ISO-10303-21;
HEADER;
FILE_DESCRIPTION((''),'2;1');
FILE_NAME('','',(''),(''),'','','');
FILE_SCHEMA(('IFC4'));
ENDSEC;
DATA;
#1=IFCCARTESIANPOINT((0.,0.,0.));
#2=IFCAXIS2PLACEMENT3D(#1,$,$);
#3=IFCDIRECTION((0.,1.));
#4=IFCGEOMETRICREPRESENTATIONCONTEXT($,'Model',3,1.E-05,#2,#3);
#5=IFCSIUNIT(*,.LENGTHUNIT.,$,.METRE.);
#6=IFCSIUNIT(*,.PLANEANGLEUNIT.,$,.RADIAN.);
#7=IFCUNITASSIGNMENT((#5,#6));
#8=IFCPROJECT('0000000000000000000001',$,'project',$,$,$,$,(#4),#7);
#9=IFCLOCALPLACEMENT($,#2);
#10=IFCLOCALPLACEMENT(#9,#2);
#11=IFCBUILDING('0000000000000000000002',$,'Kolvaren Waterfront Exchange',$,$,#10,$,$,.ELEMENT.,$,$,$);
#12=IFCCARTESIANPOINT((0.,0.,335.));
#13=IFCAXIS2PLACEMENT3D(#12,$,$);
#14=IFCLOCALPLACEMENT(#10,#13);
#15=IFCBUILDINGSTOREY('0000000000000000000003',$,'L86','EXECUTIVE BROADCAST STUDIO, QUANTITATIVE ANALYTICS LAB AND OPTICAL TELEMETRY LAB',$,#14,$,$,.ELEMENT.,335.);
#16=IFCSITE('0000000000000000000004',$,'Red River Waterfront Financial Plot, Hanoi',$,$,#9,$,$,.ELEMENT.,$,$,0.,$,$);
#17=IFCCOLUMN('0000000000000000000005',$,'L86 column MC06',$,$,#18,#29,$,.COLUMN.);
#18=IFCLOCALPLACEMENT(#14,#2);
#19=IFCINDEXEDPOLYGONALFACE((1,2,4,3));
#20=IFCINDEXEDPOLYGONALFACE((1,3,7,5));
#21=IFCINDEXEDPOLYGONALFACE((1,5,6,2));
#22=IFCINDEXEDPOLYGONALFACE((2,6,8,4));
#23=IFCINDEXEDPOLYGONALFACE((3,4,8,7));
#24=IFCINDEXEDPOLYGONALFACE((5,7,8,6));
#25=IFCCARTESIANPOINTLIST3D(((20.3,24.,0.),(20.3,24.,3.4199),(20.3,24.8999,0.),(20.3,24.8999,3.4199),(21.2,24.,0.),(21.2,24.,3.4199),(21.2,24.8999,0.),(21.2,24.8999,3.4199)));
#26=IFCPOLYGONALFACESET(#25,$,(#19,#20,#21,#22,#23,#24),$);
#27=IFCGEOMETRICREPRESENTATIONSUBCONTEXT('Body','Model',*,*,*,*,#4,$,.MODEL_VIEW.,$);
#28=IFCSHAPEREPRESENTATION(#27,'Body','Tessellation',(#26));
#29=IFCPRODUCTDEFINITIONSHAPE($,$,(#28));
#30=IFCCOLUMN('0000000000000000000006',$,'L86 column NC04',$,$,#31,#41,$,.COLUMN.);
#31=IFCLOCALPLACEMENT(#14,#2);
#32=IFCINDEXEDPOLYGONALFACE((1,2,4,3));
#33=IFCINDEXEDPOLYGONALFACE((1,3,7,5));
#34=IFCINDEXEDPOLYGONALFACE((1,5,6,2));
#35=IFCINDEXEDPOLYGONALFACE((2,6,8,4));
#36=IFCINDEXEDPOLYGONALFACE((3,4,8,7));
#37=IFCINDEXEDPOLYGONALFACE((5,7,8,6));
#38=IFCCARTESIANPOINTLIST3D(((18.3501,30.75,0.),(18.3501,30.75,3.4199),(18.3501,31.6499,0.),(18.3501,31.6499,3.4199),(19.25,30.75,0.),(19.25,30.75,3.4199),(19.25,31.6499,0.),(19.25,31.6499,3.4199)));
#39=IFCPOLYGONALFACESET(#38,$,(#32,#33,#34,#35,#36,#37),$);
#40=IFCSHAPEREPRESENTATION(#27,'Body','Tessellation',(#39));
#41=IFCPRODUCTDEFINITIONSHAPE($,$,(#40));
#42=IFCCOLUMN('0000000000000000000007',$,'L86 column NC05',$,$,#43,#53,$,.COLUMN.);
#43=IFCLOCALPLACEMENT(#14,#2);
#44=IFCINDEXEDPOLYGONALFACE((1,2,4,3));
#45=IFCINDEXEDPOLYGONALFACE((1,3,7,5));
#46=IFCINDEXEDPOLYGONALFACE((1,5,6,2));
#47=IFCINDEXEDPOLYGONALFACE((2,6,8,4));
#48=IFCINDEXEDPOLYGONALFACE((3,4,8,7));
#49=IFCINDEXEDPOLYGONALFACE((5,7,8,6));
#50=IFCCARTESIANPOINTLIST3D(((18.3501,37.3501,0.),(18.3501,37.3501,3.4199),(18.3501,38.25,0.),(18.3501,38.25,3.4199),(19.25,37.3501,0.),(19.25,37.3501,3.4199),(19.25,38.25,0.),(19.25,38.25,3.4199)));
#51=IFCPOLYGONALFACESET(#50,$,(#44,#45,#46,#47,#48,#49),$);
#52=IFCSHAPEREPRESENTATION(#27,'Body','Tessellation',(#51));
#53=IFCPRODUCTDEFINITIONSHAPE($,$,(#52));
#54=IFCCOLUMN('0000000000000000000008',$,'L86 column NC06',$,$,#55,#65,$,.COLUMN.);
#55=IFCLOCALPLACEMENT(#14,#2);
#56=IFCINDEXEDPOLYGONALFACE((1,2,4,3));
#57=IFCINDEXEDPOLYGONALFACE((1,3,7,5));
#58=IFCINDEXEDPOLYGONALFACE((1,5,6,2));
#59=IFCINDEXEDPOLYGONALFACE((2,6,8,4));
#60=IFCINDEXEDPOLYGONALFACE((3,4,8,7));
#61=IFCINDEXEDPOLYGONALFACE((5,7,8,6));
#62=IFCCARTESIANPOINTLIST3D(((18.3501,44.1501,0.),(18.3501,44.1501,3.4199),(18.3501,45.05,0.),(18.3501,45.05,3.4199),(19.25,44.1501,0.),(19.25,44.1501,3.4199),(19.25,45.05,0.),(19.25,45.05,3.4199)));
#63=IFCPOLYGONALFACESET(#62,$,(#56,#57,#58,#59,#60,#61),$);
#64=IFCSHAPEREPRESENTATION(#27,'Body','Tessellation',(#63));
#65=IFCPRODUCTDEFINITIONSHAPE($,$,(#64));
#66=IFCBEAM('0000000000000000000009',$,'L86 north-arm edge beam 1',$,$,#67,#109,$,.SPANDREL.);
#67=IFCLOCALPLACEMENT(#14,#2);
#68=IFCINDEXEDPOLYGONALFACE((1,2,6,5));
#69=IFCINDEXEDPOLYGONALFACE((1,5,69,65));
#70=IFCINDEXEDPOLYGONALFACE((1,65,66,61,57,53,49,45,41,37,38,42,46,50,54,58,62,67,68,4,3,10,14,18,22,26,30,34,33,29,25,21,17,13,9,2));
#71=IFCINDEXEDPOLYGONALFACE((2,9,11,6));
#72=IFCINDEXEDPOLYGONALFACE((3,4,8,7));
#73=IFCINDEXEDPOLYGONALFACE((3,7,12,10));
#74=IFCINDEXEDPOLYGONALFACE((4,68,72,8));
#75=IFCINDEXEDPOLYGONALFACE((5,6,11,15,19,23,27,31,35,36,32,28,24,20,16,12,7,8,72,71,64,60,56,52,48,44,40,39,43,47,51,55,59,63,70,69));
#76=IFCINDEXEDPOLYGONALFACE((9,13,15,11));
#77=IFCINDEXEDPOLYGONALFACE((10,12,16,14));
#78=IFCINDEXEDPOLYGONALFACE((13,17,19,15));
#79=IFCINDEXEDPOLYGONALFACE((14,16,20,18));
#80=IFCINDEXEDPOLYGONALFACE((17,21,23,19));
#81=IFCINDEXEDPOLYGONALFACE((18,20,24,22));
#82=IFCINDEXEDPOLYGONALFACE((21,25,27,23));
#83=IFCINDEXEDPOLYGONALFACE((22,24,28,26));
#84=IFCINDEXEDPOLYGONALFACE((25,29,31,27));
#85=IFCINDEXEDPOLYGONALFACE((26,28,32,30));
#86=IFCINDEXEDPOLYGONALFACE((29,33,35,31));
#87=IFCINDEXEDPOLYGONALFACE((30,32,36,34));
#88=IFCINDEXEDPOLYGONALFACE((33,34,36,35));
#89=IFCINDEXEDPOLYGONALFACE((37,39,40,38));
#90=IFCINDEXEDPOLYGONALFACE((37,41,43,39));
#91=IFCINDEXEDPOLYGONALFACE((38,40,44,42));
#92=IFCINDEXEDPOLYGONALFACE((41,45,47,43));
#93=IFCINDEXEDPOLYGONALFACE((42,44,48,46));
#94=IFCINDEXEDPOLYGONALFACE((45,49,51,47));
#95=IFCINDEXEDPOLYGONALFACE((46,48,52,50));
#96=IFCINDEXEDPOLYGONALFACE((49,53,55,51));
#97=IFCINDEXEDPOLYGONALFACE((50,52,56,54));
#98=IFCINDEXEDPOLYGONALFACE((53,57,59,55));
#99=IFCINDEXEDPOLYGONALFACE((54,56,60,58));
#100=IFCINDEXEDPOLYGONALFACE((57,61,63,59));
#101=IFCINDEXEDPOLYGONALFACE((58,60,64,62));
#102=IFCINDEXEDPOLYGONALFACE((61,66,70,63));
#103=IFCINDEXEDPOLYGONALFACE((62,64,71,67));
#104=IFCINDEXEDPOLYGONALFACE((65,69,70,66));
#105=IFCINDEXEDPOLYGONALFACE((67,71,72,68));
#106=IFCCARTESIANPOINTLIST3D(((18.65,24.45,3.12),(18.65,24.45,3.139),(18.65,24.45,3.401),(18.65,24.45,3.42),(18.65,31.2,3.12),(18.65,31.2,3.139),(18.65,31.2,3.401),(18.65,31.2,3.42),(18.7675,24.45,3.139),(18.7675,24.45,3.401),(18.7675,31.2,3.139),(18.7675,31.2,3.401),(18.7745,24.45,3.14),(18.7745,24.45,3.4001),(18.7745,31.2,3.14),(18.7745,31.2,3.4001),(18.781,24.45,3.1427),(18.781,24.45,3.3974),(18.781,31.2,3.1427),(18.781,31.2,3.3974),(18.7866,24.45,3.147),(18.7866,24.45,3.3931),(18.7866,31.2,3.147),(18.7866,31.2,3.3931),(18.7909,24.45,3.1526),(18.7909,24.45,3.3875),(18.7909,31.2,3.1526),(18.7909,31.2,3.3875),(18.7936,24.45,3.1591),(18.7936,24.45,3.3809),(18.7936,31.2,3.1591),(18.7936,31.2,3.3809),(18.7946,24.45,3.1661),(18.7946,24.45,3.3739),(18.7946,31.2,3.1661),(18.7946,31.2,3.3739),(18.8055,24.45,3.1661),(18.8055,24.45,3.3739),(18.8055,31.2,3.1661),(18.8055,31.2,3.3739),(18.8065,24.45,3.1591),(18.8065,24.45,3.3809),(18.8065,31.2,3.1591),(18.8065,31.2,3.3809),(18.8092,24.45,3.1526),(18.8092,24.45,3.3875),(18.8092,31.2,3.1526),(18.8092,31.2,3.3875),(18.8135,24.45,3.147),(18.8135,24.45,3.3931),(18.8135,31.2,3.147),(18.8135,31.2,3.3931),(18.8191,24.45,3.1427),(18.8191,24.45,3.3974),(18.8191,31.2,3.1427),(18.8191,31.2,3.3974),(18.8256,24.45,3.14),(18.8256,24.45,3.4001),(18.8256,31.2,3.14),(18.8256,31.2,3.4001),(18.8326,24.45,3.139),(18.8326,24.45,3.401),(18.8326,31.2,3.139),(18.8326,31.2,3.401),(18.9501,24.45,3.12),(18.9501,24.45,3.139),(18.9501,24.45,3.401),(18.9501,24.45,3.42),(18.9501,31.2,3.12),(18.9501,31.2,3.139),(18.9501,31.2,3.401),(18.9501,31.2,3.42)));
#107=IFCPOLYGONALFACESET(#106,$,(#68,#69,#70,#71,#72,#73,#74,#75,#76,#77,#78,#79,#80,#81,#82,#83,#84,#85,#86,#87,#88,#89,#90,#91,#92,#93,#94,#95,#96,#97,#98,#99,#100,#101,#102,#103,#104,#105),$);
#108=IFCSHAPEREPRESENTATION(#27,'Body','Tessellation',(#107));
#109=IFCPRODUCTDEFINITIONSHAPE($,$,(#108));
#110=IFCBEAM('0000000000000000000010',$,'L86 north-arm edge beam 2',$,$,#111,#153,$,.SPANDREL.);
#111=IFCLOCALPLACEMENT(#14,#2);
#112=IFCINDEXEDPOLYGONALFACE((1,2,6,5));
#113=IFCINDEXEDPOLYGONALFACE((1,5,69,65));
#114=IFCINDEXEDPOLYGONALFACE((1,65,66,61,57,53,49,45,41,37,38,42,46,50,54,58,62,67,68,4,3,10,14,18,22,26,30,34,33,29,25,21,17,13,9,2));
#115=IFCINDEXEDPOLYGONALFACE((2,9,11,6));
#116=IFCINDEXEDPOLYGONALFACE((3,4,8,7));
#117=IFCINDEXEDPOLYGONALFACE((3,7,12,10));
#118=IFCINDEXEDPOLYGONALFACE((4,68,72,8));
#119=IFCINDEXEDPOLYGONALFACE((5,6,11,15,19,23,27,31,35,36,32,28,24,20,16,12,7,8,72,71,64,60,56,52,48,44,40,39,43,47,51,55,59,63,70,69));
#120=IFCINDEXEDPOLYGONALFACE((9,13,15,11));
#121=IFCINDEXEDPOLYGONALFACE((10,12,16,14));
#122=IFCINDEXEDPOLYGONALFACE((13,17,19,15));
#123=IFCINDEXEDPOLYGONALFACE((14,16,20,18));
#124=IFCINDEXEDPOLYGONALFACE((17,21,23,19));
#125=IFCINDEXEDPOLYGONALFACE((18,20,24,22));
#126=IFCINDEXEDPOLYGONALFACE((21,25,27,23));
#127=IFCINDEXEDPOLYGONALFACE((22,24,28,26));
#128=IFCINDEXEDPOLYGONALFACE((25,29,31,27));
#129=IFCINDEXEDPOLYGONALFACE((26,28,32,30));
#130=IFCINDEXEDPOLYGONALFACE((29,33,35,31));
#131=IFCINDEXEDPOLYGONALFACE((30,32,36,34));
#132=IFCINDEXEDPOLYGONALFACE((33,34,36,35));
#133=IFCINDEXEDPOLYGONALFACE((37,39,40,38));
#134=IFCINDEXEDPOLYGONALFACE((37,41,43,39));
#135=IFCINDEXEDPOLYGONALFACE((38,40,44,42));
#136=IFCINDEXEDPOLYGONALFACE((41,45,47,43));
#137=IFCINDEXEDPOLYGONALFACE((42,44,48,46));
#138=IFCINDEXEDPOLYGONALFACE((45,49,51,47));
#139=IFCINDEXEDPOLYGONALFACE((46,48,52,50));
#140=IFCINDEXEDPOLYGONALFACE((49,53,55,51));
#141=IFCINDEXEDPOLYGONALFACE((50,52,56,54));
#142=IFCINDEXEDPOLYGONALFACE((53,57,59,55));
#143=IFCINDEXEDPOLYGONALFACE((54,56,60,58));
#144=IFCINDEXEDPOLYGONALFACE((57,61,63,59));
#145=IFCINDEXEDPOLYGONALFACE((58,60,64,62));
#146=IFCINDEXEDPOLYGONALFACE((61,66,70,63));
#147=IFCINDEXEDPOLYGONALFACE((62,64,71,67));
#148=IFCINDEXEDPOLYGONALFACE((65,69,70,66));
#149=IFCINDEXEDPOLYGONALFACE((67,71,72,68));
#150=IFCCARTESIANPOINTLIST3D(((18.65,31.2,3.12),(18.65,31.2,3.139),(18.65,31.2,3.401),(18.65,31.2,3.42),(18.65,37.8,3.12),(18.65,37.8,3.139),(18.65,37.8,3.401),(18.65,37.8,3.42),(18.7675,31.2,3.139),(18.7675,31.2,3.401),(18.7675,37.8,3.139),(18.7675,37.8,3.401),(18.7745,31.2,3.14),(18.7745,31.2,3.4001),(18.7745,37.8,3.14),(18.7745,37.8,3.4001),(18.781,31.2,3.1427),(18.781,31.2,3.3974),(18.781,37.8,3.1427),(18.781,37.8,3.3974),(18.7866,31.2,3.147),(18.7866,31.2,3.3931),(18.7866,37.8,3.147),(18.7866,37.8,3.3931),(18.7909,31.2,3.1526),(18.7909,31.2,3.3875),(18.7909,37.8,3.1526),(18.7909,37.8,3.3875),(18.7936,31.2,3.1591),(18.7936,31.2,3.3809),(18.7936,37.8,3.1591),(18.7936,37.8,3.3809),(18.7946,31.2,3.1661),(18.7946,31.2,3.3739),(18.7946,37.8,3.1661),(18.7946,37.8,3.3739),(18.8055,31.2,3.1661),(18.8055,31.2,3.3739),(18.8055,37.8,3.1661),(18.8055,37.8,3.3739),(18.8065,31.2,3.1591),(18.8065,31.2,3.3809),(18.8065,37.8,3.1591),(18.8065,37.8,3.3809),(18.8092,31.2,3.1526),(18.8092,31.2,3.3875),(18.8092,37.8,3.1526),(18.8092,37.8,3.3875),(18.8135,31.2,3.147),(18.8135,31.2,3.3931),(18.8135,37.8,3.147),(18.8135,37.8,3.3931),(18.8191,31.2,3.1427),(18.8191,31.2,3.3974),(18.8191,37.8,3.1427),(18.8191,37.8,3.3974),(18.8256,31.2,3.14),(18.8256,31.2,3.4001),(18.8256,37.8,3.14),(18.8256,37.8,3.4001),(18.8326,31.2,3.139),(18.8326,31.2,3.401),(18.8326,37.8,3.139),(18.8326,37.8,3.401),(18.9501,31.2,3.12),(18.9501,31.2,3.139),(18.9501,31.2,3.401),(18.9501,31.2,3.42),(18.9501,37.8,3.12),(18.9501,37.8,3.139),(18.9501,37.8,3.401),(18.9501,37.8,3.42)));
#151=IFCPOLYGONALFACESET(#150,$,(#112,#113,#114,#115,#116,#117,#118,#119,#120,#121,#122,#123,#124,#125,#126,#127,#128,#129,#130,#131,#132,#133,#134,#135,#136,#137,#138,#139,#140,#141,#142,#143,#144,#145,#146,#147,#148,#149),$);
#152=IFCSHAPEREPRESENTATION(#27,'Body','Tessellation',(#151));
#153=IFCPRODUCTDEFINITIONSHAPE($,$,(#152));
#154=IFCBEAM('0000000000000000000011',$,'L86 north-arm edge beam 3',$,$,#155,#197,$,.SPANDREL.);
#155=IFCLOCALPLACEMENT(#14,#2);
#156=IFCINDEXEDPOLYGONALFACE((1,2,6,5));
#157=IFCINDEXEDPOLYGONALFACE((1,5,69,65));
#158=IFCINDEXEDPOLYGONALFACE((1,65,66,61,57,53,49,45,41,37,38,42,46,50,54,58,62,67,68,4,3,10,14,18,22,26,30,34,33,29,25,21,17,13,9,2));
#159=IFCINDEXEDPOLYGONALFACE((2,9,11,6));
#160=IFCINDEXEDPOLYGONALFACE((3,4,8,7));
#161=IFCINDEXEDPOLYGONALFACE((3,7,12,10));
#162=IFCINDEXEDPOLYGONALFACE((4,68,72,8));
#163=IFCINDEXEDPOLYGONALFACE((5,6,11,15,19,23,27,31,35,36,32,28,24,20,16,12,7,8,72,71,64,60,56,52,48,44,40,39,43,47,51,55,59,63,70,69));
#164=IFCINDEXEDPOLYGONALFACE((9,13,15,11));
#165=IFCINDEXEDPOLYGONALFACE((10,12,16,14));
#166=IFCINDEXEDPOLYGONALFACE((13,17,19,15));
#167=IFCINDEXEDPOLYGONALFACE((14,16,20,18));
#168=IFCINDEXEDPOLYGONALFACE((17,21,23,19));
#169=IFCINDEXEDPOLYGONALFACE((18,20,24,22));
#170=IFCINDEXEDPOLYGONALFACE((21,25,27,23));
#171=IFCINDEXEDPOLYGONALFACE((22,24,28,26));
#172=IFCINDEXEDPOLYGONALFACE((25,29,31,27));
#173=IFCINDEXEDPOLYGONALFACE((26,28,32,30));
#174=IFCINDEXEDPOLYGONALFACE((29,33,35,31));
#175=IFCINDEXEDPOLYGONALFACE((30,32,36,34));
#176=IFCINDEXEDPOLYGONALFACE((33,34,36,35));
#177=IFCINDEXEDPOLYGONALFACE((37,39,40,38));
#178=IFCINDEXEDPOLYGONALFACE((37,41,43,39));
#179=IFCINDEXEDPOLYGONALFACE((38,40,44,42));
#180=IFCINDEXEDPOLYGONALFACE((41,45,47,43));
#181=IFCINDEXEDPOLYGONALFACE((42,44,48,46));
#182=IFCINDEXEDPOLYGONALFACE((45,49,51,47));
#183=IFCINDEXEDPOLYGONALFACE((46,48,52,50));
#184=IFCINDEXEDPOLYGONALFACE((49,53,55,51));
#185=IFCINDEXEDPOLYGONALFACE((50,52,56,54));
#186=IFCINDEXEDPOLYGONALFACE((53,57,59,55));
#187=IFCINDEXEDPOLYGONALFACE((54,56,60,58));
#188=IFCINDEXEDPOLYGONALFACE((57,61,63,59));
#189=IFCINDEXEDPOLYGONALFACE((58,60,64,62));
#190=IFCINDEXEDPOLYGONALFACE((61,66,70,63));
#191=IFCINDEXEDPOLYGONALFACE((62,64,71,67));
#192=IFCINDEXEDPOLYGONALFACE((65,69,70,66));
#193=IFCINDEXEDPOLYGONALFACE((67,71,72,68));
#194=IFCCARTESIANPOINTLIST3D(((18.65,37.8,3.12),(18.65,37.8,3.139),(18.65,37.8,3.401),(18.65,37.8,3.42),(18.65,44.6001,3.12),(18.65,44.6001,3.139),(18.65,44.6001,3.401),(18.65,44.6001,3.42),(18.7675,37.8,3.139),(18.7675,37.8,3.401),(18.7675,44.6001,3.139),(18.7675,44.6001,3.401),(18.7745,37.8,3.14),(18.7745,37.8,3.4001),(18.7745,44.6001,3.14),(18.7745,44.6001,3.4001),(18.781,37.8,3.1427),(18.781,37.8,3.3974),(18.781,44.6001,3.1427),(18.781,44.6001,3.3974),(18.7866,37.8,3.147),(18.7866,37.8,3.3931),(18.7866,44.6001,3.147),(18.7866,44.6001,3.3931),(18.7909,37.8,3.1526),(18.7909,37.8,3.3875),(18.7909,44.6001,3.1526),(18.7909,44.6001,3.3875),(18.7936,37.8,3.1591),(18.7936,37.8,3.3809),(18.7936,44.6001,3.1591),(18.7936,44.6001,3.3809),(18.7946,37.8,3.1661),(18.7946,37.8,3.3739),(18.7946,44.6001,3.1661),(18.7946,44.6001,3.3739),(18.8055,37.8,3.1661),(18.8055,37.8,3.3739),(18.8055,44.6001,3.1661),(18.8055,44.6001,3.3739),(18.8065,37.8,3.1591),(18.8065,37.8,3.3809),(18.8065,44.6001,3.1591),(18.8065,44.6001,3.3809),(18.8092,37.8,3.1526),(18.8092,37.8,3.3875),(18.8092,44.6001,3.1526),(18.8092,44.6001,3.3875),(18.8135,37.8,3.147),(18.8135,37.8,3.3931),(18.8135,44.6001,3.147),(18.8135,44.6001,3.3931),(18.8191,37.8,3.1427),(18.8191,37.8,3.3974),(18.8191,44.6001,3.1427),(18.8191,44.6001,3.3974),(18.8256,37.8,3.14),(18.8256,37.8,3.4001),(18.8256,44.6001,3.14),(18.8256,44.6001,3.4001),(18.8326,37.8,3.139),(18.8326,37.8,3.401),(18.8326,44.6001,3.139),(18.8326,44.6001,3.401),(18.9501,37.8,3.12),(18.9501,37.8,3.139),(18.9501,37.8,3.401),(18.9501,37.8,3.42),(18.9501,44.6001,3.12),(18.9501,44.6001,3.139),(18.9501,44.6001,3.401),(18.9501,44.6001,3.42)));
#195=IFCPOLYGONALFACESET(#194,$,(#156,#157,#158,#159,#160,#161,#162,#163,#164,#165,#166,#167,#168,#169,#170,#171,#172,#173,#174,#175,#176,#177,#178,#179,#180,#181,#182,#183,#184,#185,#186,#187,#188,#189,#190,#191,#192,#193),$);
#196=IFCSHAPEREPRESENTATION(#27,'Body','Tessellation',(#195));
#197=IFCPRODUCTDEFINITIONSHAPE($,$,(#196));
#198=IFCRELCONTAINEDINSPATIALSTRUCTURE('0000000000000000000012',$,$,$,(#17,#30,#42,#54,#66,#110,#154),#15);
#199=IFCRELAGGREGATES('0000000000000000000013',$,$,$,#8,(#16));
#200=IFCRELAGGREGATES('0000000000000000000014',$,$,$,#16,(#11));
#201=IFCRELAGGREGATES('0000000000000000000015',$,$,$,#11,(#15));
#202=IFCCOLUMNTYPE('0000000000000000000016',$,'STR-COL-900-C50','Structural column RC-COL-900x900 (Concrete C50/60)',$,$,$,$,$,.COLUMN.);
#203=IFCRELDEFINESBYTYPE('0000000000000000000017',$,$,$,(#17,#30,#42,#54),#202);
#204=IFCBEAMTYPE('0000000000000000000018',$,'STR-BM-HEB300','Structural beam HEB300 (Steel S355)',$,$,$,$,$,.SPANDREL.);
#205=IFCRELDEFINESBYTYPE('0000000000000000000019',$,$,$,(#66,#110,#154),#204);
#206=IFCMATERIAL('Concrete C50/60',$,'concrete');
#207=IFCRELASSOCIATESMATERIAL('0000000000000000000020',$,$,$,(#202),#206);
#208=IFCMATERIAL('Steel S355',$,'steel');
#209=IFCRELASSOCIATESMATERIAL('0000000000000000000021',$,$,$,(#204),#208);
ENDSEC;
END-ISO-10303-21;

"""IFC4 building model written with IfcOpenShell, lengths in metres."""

from ifc_helpers import new_model, si_unit, direction, frame, origin, origin_2d, place, context, subcontext, project, spatial, rectangle, i_section, extrude, material, material_profile, profile_set, type_object, element, save


model = new_model("IFC4")

# Units and contexts
model_context = context("Model", 3, precision=1e-05, world=origin(), true_north=direction((0.0, 1.0)))
body_context = subcontext(model_context, "Body", "Model", "MODEL_VIEW")
ifc_project = project(units=[si_unit("LENGTHUNIT", "METRE"), si_unit("PLANEANGLEUNIT", "RADIAN")], contexts=[model_context])

# Site, building, storey
site_placement = place(None, origin())
site = spatial("IfcSite", under=ifc_project, at=site_placement, Name="Red River Waterfront Financial Plot, Hanoi", CompositionType="ELEMENT", RefElevation=0.0)
building_placement = place(site_placement, origin())
building = spatial("IfcBuilding", under=site, at=building_placement, Name="Kolvaren Waterfront Exchange", CompositionType="ELEMENT")
storey_placement = place(building_placement, frame((0.0, 0.0, 335.0)))
storey = spatial("IfcBuildingStorey", under=building, at=storey_placement, Name="L86", Description="EXECUTIVE BROADCAST STUDIO, QUANTITATIVE ANALYTICS LAB AND OPTICAL TELEMETRY LAB", CompositionType="ELEMENT", Elevation=335.0)

# Columns
ifc_material_1 = material(Name="Concrete C50/60", Category="concrete")
ifc_material_profile_1 = material_profile(ifc_material_1, rectangle(XDim=0.8999, YDim=0.8999, at=origin_2d()), Name="RC-COL-900x900")
ifc_profile_set_1 = profile_set([ifc_material_profile_1], Name="Concrete C50/60")
column_type = type_object("IfcColumnType", Name="STR-COL-900-C50", Description="Structural column RC-COL-900x900 (Concrete C50/60)", PredefinedType="COLUMN", material=ifc_profile_set_1)
for number, where, z_axis, x_axis, name in (
    (1, (20.75, 24.45, 0.0), (0.0, 0.0, 1.0), (1.0, 0.0, 0.0), "L86 column MC06"),
    (2, (18.8, 31.2, 0.0), (0.0, 0.0, 1.0), (1.0, 0.0, 0.0), "L86 column NC04"),
    (3, (18.8, 37.8, 0.0), (0.0, 0.0, 1.0), (1.0, 0.0, 0.0), "L86 column NC05"),
    (4, (18.8, 44.6001, 0.0), (0.0, 0.0, 1.0), (1.0, 0.0, 0.0), "L86 column NC06"),
):
    element("IfcColumn", number, at=place(storey_placement, frame(where, z_axis=z_axis, x_axis=x_axis)), inside=storey, type_object=column_type, Name=name, PredefinedType="COLUMN", context=body_context, shape_type="SweptSolid", body=[
        extrude(rectangle(XDim=0.8999, YDim=0.8999, at=origin_2d()), origin(), (0.0, 0.0, 1.0), 3.4199),
    ])

# Beams
ifc_material_2 = material(Name="Steel S355", Category="steel")
ifc_material_profile_2 = material_profile(ifc_material_2, i_section(OverallWidth=0.3, OverallDepth=0.3, WebThickness=0.011, FlangeThickness=0.019, FilletRadius=0.0271, at=origin_2d()), Name="HEB300")
ifc_profile_set_2 = profile_set([ifc_material_profile_2], Name="Steel S355")
beam_type = type_object("IfcBeamType", Name="STR-BM-HEB300", Description="Structural beam HEB300 (Steel S355)", PredefinedType="SPANDREL", material=ifc_profile_set_2)
beam_1_placement = place(storey_placement, frame((18.8, 24.45, 3.27), z_axis=(0.0, 1.0, 0.0), x_axis=(-1.0, 0.0, 0.0)))
element("IfcBeam", 5, at=beam_1_placement, inside=storey, type_object=beam_type, Name="L86 north-arm edge beam 1", PredefinedType="SPANDREL", context=body_context, shape_type="SweptSolid", body=[
    extrude(i_section(OverallWidth=0.3, OverallDepth=0.3, WebThickness=0.011, FlangeThickness=0.019, FilletRadius=0.0271, at=origin_2d()), origin(), (0.0, 0.0, 1.0), 6.75),
])
beam_2_placement = place(storey_placement, frame((18.8, 31.2, 3.27), z_axis=(0.0, 1.0, 0.0), x_axis=(-1.0, 0.0, 0.0)))
element("IfcBeam", 6, at=beam_2_placement, inside=storey, type_object=beam_type, Name="L86 north-arm edge beam 2", PredefinedType="SPANDREL", context=body_context, shape_type="SweptSolid", body=[
    extrude(i_section(OverallWidth=0.3, OverallDepth=0.3, WebThickness=0.011, FlangeThickness=0.019, FilletRadius=0.0271, at=origin_2d()), origin(), (0.0, 0.0, 1.0), 6.6001),
])
beam_3_placement = place(storey_placement, frame((18.8, 37.8, 3.27), z_axis=(0.0, 1.0, 0.0), x_axis=(-1.0, 0.0, 0.0)))
element("IfcBeam", 7, at=beam_3_placement, inside=storey, type_object=beam_type, Name="L86 north-arm edge beam 3", PredefinedType="SPANDREL", context=body_context, shape_type="SweptSolid", body=[
    extrude(i_section(OverallWidth=0.3, OverallDepth=0.3, WebThickness=0.011, FlangeThickness=0.019, FilletRadius=0.0271, at=origin_2d()), origin(), (0.0, 0.0, 1.0), 6.8),
])

save(model, "model.ifc")
